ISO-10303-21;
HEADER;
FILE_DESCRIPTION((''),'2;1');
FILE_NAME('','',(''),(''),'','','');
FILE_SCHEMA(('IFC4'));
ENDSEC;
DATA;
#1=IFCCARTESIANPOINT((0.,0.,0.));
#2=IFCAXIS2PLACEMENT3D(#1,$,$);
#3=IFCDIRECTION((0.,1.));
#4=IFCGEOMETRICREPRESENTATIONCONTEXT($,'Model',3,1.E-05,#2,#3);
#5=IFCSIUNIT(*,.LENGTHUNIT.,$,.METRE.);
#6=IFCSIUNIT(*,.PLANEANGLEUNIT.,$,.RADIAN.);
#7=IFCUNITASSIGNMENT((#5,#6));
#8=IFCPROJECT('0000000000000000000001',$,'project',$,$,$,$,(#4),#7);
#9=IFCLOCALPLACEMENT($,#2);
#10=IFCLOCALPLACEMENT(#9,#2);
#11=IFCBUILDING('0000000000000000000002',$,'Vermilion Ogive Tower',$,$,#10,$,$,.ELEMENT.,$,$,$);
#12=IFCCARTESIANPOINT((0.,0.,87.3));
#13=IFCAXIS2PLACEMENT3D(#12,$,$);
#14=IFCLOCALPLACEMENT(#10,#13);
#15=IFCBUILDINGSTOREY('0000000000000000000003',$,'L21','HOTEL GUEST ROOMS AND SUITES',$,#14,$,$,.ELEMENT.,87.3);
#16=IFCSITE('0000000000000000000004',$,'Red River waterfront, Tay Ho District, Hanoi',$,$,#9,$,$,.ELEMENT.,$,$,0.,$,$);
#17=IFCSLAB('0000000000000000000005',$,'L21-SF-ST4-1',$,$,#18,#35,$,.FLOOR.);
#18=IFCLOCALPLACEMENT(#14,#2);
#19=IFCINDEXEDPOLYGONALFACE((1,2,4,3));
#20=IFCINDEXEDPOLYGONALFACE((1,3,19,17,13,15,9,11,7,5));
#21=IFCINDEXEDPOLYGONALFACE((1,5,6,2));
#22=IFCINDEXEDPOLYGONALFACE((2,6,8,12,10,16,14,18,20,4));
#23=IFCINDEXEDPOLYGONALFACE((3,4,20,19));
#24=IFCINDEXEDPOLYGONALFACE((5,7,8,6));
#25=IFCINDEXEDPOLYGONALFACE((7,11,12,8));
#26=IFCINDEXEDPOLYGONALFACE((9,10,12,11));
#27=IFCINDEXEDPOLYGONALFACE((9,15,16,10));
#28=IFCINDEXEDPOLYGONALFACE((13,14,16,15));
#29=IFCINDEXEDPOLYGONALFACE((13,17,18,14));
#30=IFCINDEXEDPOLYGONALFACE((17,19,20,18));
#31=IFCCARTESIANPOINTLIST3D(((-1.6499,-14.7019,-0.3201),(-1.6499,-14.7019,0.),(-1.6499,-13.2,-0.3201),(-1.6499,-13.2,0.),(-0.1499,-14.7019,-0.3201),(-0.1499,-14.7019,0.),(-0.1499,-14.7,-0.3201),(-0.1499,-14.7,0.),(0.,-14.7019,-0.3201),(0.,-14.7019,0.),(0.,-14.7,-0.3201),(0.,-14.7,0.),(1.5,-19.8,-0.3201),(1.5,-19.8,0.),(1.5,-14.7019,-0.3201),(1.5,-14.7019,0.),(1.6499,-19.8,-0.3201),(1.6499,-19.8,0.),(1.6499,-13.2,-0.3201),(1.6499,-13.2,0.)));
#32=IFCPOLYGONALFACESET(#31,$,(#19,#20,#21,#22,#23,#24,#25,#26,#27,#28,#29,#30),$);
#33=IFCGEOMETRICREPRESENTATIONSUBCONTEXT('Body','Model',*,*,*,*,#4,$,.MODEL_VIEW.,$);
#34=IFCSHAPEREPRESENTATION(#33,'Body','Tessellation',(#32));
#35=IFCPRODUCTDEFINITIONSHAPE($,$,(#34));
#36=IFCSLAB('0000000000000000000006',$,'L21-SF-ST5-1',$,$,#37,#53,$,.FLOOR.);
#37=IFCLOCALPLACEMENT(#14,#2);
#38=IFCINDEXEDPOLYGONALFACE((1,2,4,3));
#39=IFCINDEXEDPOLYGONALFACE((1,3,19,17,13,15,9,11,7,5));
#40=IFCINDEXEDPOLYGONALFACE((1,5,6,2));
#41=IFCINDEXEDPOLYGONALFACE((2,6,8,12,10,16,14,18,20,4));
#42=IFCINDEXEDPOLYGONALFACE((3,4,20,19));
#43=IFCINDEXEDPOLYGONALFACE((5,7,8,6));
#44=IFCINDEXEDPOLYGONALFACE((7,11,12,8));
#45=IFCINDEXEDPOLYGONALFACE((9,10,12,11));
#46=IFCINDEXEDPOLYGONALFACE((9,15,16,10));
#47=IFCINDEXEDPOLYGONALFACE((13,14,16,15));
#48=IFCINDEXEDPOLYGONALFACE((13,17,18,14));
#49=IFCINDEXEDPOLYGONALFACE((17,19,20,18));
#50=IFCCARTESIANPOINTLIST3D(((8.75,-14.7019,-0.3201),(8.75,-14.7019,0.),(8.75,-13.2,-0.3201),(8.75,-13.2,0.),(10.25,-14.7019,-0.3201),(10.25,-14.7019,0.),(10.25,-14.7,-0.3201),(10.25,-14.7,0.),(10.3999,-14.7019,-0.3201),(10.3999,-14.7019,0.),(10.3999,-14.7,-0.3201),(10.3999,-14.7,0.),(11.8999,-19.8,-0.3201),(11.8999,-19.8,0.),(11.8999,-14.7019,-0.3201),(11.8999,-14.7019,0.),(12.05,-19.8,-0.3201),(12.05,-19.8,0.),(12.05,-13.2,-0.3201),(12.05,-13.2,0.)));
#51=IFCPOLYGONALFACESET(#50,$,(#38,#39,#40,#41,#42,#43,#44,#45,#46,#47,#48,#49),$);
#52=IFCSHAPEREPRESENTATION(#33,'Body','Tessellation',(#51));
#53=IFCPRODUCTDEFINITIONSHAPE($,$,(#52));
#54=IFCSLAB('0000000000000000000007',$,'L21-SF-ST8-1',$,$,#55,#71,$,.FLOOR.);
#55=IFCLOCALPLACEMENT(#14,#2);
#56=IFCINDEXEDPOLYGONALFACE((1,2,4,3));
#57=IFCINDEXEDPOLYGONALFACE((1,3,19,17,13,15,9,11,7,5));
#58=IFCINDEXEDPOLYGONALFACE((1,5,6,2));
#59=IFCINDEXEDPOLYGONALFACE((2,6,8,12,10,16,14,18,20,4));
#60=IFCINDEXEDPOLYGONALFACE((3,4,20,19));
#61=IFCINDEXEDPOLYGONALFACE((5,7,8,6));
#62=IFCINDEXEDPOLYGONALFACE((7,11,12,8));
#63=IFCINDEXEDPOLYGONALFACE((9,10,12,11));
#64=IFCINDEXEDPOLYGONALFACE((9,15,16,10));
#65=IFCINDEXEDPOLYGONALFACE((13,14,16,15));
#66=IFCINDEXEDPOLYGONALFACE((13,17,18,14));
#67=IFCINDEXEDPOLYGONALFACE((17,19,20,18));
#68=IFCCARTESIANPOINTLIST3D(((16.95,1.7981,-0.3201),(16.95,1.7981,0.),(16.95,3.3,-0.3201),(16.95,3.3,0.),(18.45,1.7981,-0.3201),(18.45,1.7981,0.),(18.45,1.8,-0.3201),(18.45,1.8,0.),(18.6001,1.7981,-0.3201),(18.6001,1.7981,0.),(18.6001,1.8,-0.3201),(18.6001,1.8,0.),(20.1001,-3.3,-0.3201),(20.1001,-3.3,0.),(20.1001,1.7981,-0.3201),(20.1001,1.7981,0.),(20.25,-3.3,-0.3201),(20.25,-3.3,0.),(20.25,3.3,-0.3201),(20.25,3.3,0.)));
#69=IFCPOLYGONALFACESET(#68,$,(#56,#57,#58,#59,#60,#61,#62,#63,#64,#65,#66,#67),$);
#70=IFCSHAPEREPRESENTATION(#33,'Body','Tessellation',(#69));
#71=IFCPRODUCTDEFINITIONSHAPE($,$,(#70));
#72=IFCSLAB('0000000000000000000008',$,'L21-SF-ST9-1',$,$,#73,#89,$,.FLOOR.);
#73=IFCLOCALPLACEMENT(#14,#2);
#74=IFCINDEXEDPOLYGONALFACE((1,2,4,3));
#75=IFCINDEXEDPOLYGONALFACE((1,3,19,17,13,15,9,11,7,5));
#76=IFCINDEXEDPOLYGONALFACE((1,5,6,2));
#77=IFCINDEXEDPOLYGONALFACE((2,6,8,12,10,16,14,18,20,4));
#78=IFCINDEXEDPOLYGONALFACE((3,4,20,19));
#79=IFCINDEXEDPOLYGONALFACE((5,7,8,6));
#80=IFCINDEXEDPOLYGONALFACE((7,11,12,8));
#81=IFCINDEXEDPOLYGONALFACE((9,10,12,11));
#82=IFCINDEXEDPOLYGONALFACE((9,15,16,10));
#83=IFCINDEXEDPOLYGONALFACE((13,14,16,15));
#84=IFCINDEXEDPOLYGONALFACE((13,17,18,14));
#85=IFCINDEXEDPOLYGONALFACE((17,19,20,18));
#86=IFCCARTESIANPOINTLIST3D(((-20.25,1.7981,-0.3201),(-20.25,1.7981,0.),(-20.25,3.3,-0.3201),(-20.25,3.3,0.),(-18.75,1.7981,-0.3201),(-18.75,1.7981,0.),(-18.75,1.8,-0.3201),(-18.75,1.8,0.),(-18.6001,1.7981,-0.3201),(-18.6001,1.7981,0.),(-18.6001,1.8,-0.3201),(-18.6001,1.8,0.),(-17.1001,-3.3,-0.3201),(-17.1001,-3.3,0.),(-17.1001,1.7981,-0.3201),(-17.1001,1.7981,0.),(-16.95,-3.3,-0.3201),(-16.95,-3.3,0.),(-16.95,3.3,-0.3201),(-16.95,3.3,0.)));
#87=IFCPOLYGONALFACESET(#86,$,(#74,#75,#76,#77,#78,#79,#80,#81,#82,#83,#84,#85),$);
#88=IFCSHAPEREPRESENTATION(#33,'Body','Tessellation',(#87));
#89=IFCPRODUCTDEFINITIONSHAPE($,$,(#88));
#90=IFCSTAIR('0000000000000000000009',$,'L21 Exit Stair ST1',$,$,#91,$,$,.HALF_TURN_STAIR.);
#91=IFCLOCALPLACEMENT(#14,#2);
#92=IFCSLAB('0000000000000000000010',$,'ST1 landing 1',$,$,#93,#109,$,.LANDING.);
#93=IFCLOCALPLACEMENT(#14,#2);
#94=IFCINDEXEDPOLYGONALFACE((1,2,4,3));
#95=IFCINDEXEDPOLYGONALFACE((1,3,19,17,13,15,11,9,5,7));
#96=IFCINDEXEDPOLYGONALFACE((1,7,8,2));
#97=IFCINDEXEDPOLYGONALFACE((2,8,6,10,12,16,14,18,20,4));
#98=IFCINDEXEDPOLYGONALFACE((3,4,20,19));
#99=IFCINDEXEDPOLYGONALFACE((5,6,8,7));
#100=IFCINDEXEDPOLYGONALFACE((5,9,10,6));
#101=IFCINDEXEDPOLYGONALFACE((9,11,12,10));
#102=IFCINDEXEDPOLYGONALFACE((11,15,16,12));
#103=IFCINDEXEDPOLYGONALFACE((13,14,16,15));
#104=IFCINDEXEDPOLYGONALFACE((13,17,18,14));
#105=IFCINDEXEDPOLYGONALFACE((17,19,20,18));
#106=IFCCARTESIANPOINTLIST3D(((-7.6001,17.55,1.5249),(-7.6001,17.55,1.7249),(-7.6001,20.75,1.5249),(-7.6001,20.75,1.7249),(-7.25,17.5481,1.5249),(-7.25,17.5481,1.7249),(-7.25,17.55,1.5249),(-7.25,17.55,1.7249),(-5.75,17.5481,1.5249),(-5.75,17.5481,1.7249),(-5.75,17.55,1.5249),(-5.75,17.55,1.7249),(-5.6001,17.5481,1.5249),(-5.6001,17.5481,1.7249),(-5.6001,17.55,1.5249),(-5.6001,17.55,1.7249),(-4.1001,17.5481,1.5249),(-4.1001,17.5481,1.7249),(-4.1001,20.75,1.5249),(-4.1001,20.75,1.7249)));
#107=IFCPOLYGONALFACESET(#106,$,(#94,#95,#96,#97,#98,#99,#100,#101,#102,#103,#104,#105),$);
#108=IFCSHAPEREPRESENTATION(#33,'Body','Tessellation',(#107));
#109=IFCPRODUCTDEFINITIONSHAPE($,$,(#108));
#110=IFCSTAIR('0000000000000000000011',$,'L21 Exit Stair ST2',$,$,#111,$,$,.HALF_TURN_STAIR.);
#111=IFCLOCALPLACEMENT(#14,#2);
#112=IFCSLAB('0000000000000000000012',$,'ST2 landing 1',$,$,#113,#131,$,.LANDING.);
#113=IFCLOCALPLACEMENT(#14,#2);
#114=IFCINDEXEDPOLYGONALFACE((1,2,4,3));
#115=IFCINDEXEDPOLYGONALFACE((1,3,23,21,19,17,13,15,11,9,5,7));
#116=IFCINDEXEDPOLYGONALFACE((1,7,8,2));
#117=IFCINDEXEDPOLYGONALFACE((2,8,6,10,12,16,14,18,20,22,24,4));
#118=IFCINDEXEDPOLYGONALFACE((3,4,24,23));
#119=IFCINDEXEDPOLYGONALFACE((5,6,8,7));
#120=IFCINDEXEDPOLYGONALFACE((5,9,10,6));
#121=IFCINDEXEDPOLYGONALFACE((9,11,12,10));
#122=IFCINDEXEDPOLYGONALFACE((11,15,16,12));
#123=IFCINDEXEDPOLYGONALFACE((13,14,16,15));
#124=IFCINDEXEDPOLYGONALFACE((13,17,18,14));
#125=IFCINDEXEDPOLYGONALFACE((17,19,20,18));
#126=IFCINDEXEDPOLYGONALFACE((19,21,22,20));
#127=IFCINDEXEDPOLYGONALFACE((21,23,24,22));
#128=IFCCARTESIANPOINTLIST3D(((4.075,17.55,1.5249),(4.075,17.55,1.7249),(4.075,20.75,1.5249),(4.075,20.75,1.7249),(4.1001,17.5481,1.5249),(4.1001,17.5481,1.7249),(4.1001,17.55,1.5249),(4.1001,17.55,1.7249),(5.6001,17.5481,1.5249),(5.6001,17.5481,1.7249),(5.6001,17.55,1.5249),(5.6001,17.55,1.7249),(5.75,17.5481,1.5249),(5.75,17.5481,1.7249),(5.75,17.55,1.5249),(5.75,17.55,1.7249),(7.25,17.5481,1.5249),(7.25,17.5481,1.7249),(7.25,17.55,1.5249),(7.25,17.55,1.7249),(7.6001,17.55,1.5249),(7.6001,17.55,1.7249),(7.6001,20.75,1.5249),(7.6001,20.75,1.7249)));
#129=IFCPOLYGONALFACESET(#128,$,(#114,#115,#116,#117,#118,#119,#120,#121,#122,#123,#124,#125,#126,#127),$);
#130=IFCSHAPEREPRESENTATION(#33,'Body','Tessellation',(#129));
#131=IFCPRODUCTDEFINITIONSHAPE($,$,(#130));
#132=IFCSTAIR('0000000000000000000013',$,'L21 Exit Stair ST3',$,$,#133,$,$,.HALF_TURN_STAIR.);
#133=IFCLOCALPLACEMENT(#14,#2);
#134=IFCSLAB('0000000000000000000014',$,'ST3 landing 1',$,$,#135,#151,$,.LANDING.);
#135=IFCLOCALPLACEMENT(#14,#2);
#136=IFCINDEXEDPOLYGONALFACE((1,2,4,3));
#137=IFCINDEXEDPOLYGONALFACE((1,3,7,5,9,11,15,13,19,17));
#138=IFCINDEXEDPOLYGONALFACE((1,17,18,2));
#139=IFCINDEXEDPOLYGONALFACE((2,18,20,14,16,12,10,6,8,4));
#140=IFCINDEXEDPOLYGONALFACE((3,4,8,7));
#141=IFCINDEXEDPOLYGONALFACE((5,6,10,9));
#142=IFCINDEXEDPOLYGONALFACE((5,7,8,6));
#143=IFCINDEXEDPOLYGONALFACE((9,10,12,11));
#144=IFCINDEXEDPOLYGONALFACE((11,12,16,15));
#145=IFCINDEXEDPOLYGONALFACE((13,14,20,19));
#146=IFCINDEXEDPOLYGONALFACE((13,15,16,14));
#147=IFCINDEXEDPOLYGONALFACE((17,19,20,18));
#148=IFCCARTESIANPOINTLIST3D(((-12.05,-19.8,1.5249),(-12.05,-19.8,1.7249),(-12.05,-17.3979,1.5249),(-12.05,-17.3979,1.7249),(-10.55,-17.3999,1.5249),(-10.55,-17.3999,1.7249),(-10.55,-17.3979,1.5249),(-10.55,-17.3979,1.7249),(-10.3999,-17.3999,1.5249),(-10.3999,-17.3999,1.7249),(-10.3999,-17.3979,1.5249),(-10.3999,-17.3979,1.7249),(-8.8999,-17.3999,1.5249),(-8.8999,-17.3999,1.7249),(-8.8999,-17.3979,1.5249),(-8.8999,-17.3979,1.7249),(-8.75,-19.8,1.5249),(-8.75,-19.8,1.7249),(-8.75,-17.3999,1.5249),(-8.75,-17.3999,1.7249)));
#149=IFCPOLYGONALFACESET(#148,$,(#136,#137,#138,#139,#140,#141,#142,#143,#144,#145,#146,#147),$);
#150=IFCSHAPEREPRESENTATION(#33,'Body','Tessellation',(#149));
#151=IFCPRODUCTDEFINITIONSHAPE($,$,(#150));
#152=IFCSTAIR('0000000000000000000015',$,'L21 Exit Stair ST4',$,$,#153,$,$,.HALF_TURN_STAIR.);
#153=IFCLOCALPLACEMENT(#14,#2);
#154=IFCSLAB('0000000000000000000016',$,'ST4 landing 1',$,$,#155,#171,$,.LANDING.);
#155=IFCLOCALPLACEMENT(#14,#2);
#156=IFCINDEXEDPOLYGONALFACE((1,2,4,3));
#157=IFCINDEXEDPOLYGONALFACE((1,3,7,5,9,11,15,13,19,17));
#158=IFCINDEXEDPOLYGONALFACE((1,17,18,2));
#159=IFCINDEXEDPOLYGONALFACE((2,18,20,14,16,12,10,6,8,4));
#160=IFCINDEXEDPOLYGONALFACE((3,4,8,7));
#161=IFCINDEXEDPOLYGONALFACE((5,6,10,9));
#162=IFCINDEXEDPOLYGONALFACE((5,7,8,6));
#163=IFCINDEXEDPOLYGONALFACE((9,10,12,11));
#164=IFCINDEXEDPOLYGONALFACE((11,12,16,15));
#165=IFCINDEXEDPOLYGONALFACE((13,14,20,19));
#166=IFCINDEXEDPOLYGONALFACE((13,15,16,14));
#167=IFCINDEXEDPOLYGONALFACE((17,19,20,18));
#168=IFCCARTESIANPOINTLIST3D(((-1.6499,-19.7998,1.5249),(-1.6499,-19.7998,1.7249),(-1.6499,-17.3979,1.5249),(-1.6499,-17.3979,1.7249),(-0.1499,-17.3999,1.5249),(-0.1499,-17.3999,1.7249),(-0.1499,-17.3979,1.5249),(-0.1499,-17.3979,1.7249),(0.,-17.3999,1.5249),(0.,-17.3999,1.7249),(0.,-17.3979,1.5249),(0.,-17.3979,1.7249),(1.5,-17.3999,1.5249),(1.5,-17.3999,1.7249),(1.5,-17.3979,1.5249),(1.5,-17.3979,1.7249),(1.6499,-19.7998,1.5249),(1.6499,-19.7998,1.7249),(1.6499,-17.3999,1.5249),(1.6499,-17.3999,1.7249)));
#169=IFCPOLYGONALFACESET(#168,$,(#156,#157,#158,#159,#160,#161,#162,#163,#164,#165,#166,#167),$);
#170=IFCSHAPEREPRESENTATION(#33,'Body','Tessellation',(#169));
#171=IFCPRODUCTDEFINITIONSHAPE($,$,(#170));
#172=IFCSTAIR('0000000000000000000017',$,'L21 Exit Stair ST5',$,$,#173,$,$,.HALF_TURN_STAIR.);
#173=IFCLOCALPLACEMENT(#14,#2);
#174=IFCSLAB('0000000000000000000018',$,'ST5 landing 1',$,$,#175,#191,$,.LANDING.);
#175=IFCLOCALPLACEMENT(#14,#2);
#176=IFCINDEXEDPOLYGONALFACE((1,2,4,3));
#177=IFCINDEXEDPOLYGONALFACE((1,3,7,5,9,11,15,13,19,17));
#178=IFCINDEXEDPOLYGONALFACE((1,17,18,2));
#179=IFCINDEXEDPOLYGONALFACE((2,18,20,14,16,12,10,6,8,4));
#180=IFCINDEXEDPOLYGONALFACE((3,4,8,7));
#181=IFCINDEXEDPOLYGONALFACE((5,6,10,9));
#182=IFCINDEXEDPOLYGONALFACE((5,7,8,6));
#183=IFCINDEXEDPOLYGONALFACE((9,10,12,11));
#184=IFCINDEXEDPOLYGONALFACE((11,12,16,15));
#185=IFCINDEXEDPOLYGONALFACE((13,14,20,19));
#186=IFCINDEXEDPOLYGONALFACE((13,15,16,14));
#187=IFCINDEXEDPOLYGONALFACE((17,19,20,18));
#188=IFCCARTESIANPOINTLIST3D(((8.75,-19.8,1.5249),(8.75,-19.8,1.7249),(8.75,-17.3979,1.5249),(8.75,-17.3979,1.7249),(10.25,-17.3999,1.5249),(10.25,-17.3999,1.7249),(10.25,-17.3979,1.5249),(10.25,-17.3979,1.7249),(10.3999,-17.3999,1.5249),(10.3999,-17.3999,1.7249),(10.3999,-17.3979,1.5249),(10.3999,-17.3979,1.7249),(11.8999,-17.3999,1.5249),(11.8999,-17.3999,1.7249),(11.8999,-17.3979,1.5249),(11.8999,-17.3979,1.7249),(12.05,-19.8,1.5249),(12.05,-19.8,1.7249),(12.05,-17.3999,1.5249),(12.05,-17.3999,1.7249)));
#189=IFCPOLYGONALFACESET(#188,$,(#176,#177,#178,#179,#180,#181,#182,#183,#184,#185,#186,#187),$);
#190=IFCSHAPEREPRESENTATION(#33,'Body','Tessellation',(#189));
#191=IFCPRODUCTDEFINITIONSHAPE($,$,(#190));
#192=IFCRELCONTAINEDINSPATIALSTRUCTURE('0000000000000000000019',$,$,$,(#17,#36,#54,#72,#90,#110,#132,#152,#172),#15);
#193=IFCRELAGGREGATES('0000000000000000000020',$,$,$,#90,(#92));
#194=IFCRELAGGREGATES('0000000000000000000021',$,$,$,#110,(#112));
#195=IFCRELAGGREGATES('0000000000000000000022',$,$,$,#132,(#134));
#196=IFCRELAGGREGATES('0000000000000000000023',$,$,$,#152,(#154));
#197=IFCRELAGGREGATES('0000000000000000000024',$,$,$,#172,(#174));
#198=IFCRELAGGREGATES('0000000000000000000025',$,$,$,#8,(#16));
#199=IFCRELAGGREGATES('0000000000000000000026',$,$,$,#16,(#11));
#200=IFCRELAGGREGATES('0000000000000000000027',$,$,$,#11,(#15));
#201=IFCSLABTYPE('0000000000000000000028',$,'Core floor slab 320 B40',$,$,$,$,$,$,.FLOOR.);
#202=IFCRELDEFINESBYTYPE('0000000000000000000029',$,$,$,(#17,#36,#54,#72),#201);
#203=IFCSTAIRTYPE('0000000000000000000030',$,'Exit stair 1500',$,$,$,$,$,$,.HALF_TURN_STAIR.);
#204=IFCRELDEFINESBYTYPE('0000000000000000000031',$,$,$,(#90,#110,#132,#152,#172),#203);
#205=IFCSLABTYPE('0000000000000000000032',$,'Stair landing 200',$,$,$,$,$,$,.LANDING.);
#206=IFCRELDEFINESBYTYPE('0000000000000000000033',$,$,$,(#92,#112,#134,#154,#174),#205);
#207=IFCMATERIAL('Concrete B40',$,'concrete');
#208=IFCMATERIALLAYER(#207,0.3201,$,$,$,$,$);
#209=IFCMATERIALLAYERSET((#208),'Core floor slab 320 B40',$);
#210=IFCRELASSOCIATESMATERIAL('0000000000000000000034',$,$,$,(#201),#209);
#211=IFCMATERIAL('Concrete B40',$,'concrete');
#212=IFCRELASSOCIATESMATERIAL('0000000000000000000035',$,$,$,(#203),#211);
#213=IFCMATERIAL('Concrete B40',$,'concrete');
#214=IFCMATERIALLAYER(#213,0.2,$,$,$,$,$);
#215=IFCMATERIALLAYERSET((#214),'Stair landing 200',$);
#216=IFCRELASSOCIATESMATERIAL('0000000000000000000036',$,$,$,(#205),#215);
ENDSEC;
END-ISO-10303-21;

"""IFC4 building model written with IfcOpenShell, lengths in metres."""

from ifc_helpers import new_model, si_unit, direction, frame, origin, place, context, subcontext, project, spatial, polyline, outline, extrude, material, layer, layer_set, type_object, element, aggregate, save


model = new_model("IFC4")

# Units and contexts
model_context = context("Model", 3, precision=1e-05, world=origin(), true_north=direction((0.0, 1.0)))
body_context = subcontext(model_context, "Body", "Model", "MODEL_VIEW")
ifc_project = project(units=[si_unit("LENGTHUNIT", "METRE"), si_unit("PLANEANGLEUNIT", "RADIAN")], contexts=[model_context])

# Site, building, storey
site_placement = place(None, origin())
site = spatial("IfcSite", under=ifc_project, at=site_placement, Name="Red River waterfront, Tay Ho District, Hanoi", CompositionType="ELEMENT", RefElevation=0.0)
building_placement = place(site_placement, origin())
building = spatial("IfcBuilding", under=site, at=building_placement, Name="Vermilion Ogive Tower", CompositionType="ELEMENT")
storey_placement = place(building_placement, frame((0.0, 0.0, 87.3)))
storey = spatial("IfcBuildingStorey", under=building, at=storey_placement, Name="L21", Description="HOTEL GUEST ROOMS AND SUITES", CompositionType="ELEMENT", Elevation=87.3)

# Slabs
ifc_material_1 = material(Name="Concrete B40", Category="concrete")
ifc_layer_1 = layer(ifc_material_1, 0.3201)
ifc_layer_set_1 = layer_set([ifc_layer_1], Name="Core floor slab 320 B40")
slab_type_1 = type_object("IfcSlabType", Name="Core floor slab 320 B40", PredefinedType="FLOOR", material=ifc_layer_set_1)
slab_1_placement = place(storey_placement, frame((0.0, 0.0, -0.3201)))
element("IfcSlab", 1, at=slab_1_placement, inside=storey, type_object=slab_type_1, Name="L21-SF-ST4-1", PredefinedType="FLOOR", context=body_context, shape_type="SweptSolid", body=[
    extrude(outline(polyline([(-1.6499, -13.2), (-1.6499, -14.7019), (-0.1499, -14.7019), (-0.1499, -14.7), (0.0, -14.7), (0.0, -14.7019), (1.5, -14.7019), (1.5, -19.8), (1.6499, -19.8), (1.6499, -13.2), (-1.6499, -13.2)])), origin(), (0.0, 0.0, 1.0), 0.3201),
])
slab_2_placement = place(storey_placement, frame((0.0, 0.0, -0.3201)))
element("IfcSlab", 2, at=slab_2_placement, inside=storey, type_object=slab_type_1, Name="L21-SF-ST5-1", PredefinedType="FLOOR", context=body_context, shape_type="SweptSolid", body=[
    extrude(outline(polyline([(8.75, -13.2), (8.75, -14.7019), (10.25, -14.7019), (10.25, -14.7), (10.3999, -14.7), (10.3999, -14.7019), (11.8999, -14.7019), (11.8999, -19.8), (12.05, -19.8), (12.05, -13.2), (8.75, -13.2)])), origin(), (0.0, 0.0, 1.0), 0.3201),
])
slab_3_placement = place(storey_placement, frame((0.0, 0.0, -0.3201)))
element("IfcSlab", 3, at=slab_3_placement, inside=storey, type_object=slab_type_1, Name="L21-SF-ST8-1", PredefinedType="FLOOR", context=body_context, shape_type="SweptSolid", body=[
    extrude(outline(polyline([(16.95, 3.3), (16.95, 1.7981), (18.45, 1.7981), (18.45, 1.8), (18.6001, 1.8), (18.6001, 1.7981), (20.1001, 1.7981), (20.1001, -3.3), (20.25, -3.3), (20.25, 3.3), (16.95, 3.3)])), origin(), (0.0, 0.0, 1.0), 0.3201),
])
slab_4_placement = place(storey_placement, frame((0.0, 0.0, -0.3201)))
element("IfcSlab", 4, at=slab_4_placement, inside=storey, type_object=slab_type_1, Name="L21-SF-ST9-1", PredefinedType="FLOOR", context=body_context, shape_type="SweptSolid", body=[
    extrude(outline(polyline([(-20.25, 3.3), (-20.25, 1.7981), (-18.75, 1.7981), (-18.75, 1.8), (-18.6001, 1.8), (-18.6001, 1.7981), (-17.1001, 1.7981), (-17.1001, -3.3), (-16.95, -3.3), (-16.95, 3.3), (-20.25, 3.3)])), origin(), (0.0, 0.0, 1.0), 0.3201),
])

# Stairs, slabs
ifc_material_2 = material(Name="Concrete B40", Category="concrete")
stair_type = type_object("IfcStairType", Name="Exit stair 1500", PredefinedType="HALF_TURN_STAIR", material=ifc_material_2)
stair_1_placement = place(storey_placement, origin())
stair_1 = element("IfcStair", 5, at=stair_1_placement, inside=storey, type_object=stair_type, Name="L21 Exit Stair ST1", PredefinedType="HALF_TURN_STAIR")
ifc_material_3 = material(Name="Concrete B40", Category="concrete")
ifc_layer_2 = layer(ifc_material_3, 0.2)
ifc_layer_set_2 = layer_set([ifc_layer_2], Name="Stair landing 200")
slab_type_2 = type_object("IfcSlabType", Name="Stair landing 200", PredefinedType="LANDING", material=ifc_layer_set_2)
slab_5_placement = place(storey_placement, frame((0.0, 0.0, 1.5249)))
slab_5 = element("IfcSlab", 6, at=slab_5_placement, type_object=slab_type_2, Name="ST1 landing 1", PredefinedType="LANDING", context=body_context, shape_type="SweptSolid", body=[
    extrude(outline(polyline([(-7.6001, 17.55), (-7.25, 17.55), (-7.25, 17.5481), (-5.75, 17.5481), (-5.75, 17.55), (-5.6001, 17.55), (-5.6001, 17.5481), (-4.1001, 17.5481), (-4.1001, 20.75), (-7.6001, 20.75), (-7.6001, 17.55)])), origin(), (0.0, 0.0, 1.0), 0.2),
])
aggregate(stair_1, [slab_5])
stair_2_placement = place(storey_placement, origin())
stair_2 = element("IfcStair", 7, at=stair_2_placement, inside=storey, type_object=stair_type, Name="L21 Exit Stair ST2", PredefinedType="HALF_TURN_STAIR")
slab_6_placement = place(storey_placement, frame((0.0, 0.0, 1.5249)))
slab_6 = element("IfcSlab", 8, at=slab_6_placement, type_object=slab_type_2, Name="ST2 landing 1", PredefinedType="LANDING", context=body_context, shape_type="SweptSolid", body=[
    extrude(outline(polyline([(5.6001, 17.55), (5.75, 17.55), (5.75, 17.5481), (7.25, 17.5481), (7.25, 17.55), (7.6001, 17.55), (7.6001, 20.75), (4.075, 20.75), (4.075, 17.55), (4.1001, 17.55), (4.1001, 17.5481), (5.6001, 17.5481), (5.6001, 17.55)])), origin(), (0.0, 0.0, 1.0), 0.2),
])
aggregate(stair_2, [slab_6])
stair_3_placement = place(storey_placement, origin())
stair_3 = element("IfcStair", 9, at=stair_3_placement, inside=storey, type_object=stair_type, Name="L21 Exit Stair ST3", PredefinedType="HALF_TURN_STAIR")
slab_7_placement = place(storey_placement, frame((0.0, 0.0, 1.5249)))
slab_7 = element("IfcSlab", 10, at=slab_7_placement, type_object=slab_type_2, Name="ST3 landing 1", PredefinedType="LANDING", context=body_context, shape_type="SweptSolid", body=[
    extrude(outline(polyline([(-8.75, -17.3999), (-8.8999, -17.3999), (-8.8999, -17.3979), (-10.3999, -17.3979), (-10.3999, -17.3999), (-10.55, -17.3999), (-10.55, -17.3979), (-12.05, -17.3979), (-12.05, -19.8), (-8.75, -19.8), (-8.75, -17.3999)])), origin(), (0.0, 0.0, 1.0), 0.2),
])
aggregate(stair_3, [slab_7])
stair_4_placement = place(storey_placement, origin())
stair_4 = element("IfcStair", 11, at=stair_4_placement, inside=storey, type_object=stair_type, Name="L21 Exit Stair ST4", PredefinedType="HALF_TURN_STAIR")
slab_8_placement = place(storey_placement, frame((0.0, 0.0, 1.5249)))
slab_8 = element("IfcSlab", 12, at=slab_8_placement, type_object=slab_type_2, Name="ST4 landing 1", PredefinedType="LANDING", context=body_context, shape_type="SweptSolid", body=[
    extrude(outline(polyline([(1.6499, -17.3999), (1.5, -17.3999), (1.5, -17.3979), (0.0, -17.3979), (0.0, -17.3999), (-0.1499, -17.3999), (-0.1499, -17.3979), (-1.6499, -17.3979), (-1.6499, -19.7998), (1.6499, -19.7998), (1.6499, -17.3999)])), origin(), (0.0, 0.0, 1.0), 0.2),
])
aggregate(stair_4, [slab_8])
stair_5_placement = place(storey_placement, origin())
stair_5 = element("IfcStair", 13, at=stair_5_placement, inside=storey, type_object=stair_type, Name="L21 Exit Stair ST5", PredefinedType="HALF_TURN_STAIR")
slab_9_placement = place(storey_placement, frame((0.0, 0.0, 1.5249)))
slab_9 = element("IfcSlab", 14, at=slab_9_placement, type_object=slab_type_2, Name="ST5 landing 1", PredefinedType="LANDING", context=body_context, shape_type="SweptSolid", body=[
    extrude(outline(polyline([(12.05, -17.3999), (11.8999, -17.3999), (11.8999, -17.3979), (10.3999, -17.3979), (10.3999, -17.3999), (10.25, -17.3999), (10.25, -17.3979), (8.75, -17.3979), (8.75, -19.8), (12.05, -19.8), (12.05, -17.3999)])), origin(), (0.0, 0.0, 1.0), 0.2),
])
aggregate(stair_5, [slab_9])

save(model, "model.ifc")
